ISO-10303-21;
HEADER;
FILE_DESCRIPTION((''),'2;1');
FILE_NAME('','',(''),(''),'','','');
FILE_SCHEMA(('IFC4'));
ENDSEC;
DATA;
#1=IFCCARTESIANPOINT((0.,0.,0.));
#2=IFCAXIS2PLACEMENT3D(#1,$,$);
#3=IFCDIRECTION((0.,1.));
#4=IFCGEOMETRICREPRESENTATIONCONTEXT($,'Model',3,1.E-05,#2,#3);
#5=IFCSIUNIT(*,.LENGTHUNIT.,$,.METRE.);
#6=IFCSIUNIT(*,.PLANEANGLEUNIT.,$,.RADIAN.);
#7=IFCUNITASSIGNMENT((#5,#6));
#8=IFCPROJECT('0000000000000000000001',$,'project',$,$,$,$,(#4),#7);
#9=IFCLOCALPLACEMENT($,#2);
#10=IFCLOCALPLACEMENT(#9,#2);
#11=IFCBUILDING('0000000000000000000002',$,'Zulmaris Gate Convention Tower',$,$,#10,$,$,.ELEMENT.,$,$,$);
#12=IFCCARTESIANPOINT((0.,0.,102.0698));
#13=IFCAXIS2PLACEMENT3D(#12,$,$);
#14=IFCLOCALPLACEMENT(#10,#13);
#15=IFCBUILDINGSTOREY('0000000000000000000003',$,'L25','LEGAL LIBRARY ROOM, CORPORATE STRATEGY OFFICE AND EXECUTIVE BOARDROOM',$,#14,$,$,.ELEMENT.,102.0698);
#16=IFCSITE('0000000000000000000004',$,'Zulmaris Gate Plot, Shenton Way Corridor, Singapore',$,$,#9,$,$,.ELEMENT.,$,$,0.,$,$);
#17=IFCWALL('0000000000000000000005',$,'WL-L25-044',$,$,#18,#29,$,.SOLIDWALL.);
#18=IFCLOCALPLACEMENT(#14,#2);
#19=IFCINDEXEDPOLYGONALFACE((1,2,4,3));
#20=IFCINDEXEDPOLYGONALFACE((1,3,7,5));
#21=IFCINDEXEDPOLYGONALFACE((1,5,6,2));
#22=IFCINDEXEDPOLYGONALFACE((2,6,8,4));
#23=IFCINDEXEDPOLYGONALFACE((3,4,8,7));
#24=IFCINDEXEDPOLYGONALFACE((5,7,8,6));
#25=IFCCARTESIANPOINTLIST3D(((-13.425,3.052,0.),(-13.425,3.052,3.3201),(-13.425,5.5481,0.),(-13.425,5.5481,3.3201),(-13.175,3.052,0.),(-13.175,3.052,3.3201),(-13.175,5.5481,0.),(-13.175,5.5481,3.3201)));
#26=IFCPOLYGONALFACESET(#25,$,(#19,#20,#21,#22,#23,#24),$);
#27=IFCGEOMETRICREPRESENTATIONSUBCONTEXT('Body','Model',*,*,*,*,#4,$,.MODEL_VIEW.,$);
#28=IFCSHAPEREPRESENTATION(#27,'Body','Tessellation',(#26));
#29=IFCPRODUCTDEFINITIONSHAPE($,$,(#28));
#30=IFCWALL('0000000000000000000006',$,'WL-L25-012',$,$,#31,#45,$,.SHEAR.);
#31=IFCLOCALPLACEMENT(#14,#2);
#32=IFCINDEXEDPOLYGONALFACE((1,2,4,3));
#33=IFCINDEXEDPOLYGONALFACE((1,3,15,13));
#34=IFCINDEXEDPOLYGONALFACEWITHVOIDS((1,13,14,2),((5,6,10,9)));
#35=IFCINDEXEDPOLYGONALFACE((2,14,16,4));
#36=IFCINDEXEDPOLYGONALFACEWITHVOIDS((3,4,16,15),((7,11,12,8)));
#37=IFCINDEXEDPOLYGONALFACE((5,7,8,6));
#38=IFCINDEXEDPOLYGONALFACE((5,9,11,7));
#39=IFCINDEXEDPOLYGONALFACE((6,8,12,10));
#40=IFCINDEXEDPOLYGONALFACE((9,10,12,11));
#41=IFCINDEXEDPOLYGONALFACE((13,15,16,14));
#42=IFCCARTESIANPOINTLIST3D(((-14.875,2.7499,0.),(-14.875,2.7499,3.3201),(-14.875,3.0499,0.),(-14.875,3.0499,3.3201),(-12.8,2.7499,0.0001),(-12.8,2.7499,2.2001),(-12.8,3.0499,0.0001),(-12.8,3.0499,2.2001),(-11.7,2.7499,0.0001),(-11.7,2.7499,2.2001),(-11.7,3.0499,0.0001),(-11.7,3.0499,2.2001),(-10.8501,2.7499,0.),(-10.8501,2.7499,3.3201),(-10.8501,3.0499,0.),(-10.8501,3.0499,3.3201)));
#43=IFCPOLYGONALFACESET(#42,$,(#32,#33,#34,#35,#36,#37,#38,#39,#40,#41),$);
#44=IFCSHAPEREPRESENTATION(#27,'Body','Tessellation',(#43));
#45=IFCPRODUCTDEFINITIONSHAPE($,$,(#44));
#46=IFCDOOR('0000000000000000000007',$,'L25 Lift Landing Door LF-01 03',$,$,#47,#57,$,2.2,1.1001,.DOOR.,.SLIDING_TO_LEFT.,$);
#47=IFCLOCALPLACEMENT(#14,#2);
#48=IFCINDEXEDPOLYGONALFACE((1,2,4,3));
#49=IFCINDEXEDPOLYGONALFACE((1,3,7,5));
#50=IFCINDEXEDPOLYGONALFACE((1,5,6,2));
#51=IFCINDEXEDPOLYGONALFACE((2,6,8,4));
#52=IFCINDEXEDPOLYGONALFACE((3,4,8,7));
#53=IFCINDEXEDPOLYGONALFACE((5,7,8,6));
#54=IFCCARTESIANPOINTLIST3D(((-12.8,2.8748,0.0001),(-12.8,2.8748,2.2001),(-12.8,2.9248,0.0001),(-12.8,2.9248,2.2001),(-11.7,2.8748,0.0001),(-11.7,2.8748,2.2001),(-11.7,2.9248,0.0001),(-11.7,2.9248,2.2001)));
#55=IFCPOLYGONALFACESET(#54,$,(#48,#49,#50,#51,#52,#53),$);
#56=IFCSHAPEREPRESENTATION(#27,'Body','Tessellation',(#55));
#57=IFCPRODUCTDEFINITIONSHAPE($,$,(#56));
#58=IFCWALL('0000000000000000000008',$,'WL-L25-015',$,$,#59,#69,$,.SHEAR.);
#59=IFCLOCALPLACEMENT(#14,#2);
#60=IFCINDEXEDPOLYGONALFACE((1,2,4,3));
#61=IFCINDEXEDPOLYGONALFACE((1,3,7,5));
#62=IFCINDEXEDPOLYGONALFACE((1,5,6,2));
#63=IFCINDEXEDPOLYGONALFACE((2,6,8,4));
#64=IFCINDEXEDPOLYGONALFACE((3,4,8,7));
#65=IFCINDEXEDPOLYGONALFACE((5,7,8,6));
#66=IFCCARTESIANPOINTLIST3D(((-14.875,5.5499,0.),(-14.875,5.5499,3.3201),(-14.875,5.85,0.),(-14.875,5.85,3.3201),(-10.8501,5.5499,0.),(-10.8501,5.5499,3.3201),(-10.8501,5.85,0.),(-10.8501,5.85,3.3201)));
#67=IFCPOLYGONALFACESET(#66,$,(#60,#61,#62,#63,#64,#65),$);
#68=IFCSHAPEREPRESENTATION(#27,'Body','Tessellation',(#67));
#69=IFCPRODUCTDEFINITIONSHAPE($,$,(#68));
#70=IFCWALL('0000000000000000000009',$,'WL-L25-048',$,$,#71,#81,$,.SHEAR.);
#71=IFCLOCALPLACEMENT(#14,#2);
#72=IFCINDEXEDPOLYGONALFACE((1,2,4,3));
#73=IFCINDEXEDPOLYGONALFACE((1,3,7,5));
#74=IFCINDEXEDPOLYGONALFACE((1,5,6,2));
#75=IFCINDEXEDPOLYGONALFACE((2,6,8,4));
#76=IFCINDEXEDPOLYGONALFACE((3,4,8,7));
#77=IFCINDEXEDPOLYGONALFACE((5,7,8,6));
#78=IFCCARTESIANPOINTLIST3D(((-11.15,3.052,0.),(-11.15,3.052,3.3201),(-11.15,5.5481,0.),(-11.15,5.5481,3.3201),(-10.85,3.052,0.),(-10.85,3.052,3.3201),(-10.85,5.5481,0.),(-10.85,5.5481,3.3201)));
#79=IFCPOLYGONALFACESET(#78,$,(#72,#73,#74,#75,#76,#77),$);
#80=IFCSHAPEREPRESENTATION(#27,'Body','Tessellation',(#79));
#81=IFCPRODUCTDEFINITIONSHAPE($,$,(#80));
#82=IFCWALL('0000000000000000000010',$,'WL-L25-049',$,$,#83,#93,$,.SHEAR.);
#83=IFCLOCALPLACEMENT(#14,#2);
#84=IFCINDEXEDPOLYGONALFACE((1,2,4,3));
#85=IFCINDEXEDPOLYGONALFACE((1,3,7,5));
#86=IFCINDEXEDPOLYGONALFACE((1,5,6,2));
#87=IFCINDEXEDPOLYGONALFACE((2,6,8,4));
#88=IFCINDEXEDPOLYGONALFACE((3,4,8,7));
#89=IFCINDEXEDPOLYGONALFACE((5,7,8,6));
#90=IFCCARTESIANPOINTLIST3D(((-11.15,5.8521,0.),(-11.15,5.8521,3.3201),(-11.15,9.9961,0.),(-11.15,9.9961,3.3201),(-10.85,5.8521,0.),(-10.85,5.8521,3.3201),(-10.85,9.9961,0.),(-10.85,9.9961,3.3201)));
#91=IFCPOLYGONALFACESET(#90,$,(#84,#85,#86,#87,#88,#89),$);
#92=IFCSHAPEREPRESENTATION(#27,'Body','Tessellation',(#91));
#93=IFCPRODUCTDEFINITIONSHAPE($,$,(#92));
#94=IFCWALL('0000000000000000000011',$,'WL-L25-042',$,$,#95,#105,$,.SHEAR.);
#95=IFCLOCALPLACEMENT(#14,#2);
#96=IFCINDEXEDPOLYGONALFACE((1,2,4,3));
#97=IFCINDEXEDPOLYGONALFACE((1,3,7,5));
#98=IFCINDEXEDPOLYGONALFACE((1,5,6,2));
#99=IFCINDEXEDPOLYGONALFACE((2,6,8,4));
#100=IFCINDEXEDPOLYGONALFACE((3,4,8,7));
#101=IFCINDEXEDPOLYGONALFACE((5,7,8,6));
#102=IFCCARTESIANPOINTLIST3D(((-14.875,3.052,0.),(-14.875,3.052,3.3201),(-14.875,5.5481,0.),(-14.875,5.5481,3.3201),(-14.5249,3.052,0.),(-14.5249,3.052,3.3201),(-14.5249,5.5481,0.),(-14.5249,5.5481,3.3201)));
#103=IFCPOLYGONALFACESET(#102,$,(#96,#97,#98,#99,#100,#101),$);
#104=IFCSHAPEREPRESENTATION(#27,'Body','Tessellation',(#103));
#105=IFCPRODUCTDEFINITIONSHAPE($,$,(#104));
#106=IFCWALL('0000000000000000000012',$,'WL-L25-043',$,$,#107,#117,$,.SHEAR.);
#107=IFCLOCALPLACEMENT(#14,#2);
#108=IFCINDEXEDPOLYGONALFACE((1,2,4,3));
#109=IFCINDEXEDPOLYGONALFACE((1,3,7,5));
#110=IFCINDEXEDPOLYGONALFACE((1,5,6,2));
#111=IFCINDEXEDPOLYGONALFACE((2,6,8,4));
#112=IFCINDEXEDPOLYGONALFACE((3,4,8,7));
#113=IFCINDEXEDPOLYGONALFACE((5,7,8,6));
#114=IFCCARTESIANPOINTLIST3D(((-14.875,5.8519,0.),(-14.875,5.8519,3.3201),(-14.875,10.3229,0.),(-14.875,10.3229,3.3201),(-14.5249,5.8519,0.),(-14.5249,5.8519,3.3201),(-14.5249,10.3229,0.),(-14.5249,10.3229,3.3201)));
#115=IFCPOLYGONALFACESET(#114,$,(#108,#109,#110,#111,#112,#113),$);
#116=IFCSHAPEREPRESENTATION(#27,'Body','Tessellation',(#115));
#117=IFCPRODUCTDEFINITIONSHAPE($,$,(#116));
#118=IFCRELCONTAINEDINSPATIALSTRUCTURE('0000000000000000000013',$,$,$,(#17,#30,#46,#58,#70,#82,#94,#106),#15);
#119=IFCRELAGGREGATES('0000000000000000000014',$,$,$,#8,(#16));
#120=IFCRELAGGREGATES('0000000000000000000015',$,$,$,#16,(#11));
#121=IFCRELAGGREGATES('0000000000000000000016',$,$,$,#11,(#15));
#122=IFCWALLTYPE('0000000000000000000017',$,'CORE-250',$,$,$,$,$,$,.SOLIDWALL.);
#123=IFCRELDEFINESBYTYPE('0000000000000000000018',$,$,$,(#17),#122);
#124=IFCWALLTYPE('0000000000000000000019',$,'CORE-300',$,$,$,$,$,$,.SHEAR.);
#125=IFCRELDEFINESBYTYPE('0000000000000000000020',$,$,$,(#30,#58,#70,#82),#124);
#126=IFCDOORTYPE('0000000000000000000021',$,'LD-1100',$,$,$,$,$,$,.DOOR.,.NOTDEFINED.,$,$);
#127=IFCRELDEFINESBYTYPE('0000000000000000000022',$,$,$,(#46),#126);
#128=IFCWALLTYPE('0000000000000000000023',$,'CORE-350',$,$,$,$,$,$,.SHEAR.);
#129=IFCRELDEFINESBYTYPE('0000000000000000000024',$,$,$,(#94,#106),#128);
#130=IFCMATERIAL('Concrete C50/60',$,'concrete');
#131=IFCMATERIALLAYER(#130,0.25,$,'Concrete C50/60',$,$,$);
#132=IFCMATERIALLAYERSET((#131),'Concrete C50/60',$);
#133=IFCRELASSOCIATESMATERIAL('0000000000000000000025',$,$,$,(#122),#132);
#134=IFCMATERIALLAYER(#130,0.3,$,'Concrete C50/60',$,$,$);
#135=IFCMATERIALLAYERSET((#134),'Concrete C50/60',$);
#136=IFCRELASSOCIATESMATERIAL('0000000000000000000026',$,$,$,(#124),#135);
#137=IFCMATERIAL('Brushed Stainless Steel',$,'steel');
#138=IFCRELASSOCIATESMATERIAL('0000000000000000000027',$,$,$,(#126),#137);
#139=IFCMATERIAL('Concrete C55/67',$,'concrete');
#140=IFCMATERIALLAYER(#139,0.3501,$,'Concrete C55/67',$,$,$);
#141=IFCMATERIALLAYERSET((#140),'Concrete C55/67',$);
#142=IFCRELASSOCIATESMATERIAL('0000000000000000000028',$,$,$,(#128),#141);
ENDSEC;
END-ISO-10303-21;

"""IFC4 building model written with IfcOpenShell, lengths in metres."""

from ifc_helpers import new_model, si_unit, direction, frame, frame_2d, origin, place, context, subcontext, project, spatial, rectangle, extrude, material, layer, layer_set, type_object, element, fill, save


model = new_model("IFC4")

# Units and contexts
model_context = context("Model", 3, precision=1e-05, world=origin(), true_north=direction((0.0, 1.0)))
body_context = subcontext(model_context, "Body", "Model", "MODEL_VIEW")
ifc_project = project(units=[si_unit("LENGTHUNIT", "METRE"), si_unit("PLANEANGLEUNIT", "RADIAN")], contexts=[model_context])

# Site, building, storey
site_placement = place(None, origin())
site = spatial("IfcSite", under=ifc_project, at=site_placement, Name="Zulmaris Gate Plot, Shenton Way Corridor, Singapore", CompositionType="ELEMENT", RefElevation=0.0)
building_placement = place(site_placement, origin())
building = spatial("IfcBuilding", under=site, at=building_placement, Name="Zulmaris Gate Convention Tower", CompositionType="ELEMENT")
storey_placement = place(building_placement, frame((0.0, 0.0, 102.0698)))
storey = spatial("IfcBuildingStorey", under=building, at=storey_placement, Name="L25", Description="LEGAL LIBRARY ROOM, CORPORATE STRATEGY OFFICE AND EXECUTIVE BOARDROOM", CompositionType="ELEMENT", Elevation=102.0698)

# Wall
ifc_material_1 = material(Name="Concrete C50/60", Category="concrete")
ifc_layer_1 = layer(ifc_material_1, 0.25, Name="Concrete C50/60")
ifc_layer_set_1 = layer_set([ifc_layer_1], Name="Concrete C50/60")
wall_type_1 = type_object("IfcWallType", Name="CORE-250", PredefinedType="SOLIDWALL", material=ifc_layer_set_1)
wall_1_placement = place(storey_placement, frame((-13.3, 3.052, 0.0), z_axis=(0.0, 0.0, 1.0), x_axis=(0.0, 1.0, 0.0)))
element("IfcWall", 1, at=wall_1_placement, inside=storey, type_object=wall_type_1, Name="WL-L25-044", PredefinedType="SOLIDWALL", context=body_context, shape_type="SweptSolid", body=[
    extrude(rectangle(XDim=2.4961, YDim=0.25, at=frame_2d((1.248, 0.0))), origin(), (0.0, 0.0, 1.0), 3.3201),
])

# Wall, opening, door
ifc_layer_2 = layer(ifc_material_1, 0.3, Name="Concrete C50/60")
ifc_layer_set_2 = layer_set([ifc_layer_2], Name="Concrete C50/60")
wall_type_2 = type_object("IfcWallType", Name="CORE-300", PredefinedType="SHEAR", material=ifc_layer_set_2)
wall_2_placement = place(storey_placement, frame((-14.875, 2.8999, 0.0), z_axis=(0.0, 0.0, 1.0), x_axis=(1.0, 0.0, 0.0)))
wall_2 = element("IfcWall", 2, at=wall_2_placement, inside=storey, type_object=wall_type_2, Name="WL-L25-012", PredefinedType="SHEAR", context=body_context, shape_type="SweptSolid", body=[
    extrude(rectangle(XDim=4.0249, YDim=0.3, at=frame_2d((2.0125, 0.0))), origin(), (0.0, 0.0, 1.0), 3.3201),
])
opening_1_placement = place(wall_2_placement, frame((2.075, 0.0, 0.0)))
opening_1 = element("IfcOpeningElement", 3, at=opening_1_placement, cuts=wall_2, PredefinedType="OPENING", context=body_context, shape_type="SweptSolid", body=[
    extrude(rectangle(XDim=1.1001, YDim=2.2, at=frame_2d((0.55, 1.1001))), frame((0.0, 0.1602, 0.0), z_axis=(0.0, -1.0, 0.0), x_axis=(1.0, 0.0, 0.0)), (0.0, 0.0, 1.0), 0.3201),
])
ifc_material_2 = material(Name="Brushed Stainless Steel", Category="steel")
door_type_1 = type_object("IfcDoorType", Name="LD-1100", OperationType="NOTDEFINED", PredefinedType="DOOR", material=ifc_material_2)
door_1_placement = place(opening_1_placement, origin())
door_1 = element("IfcDoor", 4, at=door_1_placement, inside=storey, type_object=door_type_1, Name="L25 Lift Landing Door LF-01 03", OperationType="SLIDING_TO_LEFT", OverallHeight=2.2, OverallWidth=1.1001, PredefinedType="DOOR", context=body_context, shape_type="SweptSolid", body=[
    extrude(rectangle(XDim=1.1001, YDim=2.2, at=frame_2d((0.55, 1.1001))), frame((0.0, 0.0249, 0.0), z_axis=(0.0, -1.0, 0.0), x_axis=(1.0, 0.0, 0.0)), (0.0, 0.0, 1.0), 0.05),
])
fill(opening_1, door_1)

# Wall
wall_3_placement = place(storey_placement, frame((-14.875, 5.7, 0.0), z_axis=(0.0, 0.0, 1.0), x_axis=(1.0, 0.0, 0.0)))
element("IfcWall", 5, at=wall_3_placement, inside=storey, type_object=wall_type_2, Name="WL-L25-015", PredefinedType="SHEAR", context=body_context, shape_type="SweptSolid", body=[
    extrude(rectangle(XDim=4.0249, YDim=0.3, at=frame_2d((2.0125, 0.0))), origin(), (0.0, 0.0, 1.0), 3.3201),
])

# Walls
wall_4_placement = place(storey_placement, frame((-11.0, 3.052, 0.0), z_axis=(0.0, 0.0, 1.0), x_axis=(0.0, 1.0, 0.0)))
element("IfcWall", 6, at=wall_4_placement, inside=storey, type_object=wall_type_2, Name="WL-L25-048", PredefinedType="SHEAR", context=body_context, shape_type="SweptSolid", body=[
    extrude(rectangle(XDim=2.4961, YDim=0.3, at=frame_2d((1.248, 0.0))), origin(), (0.0, 0.0, 1.0), 3.3201),
])
wall_5_placement = place(storey_placement, frame((-11.0, 5.8521, 0.0), z_axis=(0.0, 0.0, 1.0), x_axis=(0.0, 1.0, 0.0)))
element("IfcWall", 7, at=wall_5_placement, inside=storey, type_object=wall_type_2, Name="WL-L25-049", PredefinedType="SHEAR", context=body_context, shape_type="SweptSolid", body=[
    extrude(rectangle(XDim=4.144, YDim=0.3, at=frame_2d((2.072, 0.0))), origin(), (0.0, 0.0, 1.0), 3.3201),
])
ifc_material_3 = material(Name="Concrete C55/67", Category="concrete")
ifc_layer_3 = layer(ifc_material_3, 0.3501, Name="Concrete C55/67")
ifc_layer_set_3 = layer_set([ifc_layer_3], Name="Concrete C55/67")
wall_type_3 = type_object("IfcWallType", Name="CORE-350", PredefinedType="SHEAR", material=ifc_layer_set_3)
wall_6_placement = place(storey_placement, frame((-14.7, 3.052, 0.0), z_axis=(0.0, 0.0, 1.0), x_axis=(0.0, 1.0, 0.0)))
element("IfcWall", 8, at=wall_6_placement, inside=storey, type_object=wall_type_3, Name="WL-L25-042", PredefinedType="SHEAR", context=body_context, shape_type="SweptSolid", body=[
    extrude(rectangle(XDim=2.4961, YDim=0.3501, at=frame_2d((1.248, 0.0))), origin(), (0.0, 0.0, 1.0), 3.3201),
])
wall_7_placement = place(storey_placement, frame((-14.7, 5.8521, 0.0), z_axis=(0.0, 0.0, 1.0), x_axis=(0.0, 1.0, 0.0)))
element("IfcWall", 9, at=wall_7_placement, inside=storey, type_object=wall_type_3, Name="WL-L25-043", PredefinedType="SHEAR", context=body_context, shape_type="SweptSolid", body=[
    extrude(rectangle(XDim=4.4709, YDim=0.3501, at=frame_2d((2.2354, 0.0))), origin(), (0.0, 0.0, 1.0), 3.3201),
])

save(model, "model.ifc")
